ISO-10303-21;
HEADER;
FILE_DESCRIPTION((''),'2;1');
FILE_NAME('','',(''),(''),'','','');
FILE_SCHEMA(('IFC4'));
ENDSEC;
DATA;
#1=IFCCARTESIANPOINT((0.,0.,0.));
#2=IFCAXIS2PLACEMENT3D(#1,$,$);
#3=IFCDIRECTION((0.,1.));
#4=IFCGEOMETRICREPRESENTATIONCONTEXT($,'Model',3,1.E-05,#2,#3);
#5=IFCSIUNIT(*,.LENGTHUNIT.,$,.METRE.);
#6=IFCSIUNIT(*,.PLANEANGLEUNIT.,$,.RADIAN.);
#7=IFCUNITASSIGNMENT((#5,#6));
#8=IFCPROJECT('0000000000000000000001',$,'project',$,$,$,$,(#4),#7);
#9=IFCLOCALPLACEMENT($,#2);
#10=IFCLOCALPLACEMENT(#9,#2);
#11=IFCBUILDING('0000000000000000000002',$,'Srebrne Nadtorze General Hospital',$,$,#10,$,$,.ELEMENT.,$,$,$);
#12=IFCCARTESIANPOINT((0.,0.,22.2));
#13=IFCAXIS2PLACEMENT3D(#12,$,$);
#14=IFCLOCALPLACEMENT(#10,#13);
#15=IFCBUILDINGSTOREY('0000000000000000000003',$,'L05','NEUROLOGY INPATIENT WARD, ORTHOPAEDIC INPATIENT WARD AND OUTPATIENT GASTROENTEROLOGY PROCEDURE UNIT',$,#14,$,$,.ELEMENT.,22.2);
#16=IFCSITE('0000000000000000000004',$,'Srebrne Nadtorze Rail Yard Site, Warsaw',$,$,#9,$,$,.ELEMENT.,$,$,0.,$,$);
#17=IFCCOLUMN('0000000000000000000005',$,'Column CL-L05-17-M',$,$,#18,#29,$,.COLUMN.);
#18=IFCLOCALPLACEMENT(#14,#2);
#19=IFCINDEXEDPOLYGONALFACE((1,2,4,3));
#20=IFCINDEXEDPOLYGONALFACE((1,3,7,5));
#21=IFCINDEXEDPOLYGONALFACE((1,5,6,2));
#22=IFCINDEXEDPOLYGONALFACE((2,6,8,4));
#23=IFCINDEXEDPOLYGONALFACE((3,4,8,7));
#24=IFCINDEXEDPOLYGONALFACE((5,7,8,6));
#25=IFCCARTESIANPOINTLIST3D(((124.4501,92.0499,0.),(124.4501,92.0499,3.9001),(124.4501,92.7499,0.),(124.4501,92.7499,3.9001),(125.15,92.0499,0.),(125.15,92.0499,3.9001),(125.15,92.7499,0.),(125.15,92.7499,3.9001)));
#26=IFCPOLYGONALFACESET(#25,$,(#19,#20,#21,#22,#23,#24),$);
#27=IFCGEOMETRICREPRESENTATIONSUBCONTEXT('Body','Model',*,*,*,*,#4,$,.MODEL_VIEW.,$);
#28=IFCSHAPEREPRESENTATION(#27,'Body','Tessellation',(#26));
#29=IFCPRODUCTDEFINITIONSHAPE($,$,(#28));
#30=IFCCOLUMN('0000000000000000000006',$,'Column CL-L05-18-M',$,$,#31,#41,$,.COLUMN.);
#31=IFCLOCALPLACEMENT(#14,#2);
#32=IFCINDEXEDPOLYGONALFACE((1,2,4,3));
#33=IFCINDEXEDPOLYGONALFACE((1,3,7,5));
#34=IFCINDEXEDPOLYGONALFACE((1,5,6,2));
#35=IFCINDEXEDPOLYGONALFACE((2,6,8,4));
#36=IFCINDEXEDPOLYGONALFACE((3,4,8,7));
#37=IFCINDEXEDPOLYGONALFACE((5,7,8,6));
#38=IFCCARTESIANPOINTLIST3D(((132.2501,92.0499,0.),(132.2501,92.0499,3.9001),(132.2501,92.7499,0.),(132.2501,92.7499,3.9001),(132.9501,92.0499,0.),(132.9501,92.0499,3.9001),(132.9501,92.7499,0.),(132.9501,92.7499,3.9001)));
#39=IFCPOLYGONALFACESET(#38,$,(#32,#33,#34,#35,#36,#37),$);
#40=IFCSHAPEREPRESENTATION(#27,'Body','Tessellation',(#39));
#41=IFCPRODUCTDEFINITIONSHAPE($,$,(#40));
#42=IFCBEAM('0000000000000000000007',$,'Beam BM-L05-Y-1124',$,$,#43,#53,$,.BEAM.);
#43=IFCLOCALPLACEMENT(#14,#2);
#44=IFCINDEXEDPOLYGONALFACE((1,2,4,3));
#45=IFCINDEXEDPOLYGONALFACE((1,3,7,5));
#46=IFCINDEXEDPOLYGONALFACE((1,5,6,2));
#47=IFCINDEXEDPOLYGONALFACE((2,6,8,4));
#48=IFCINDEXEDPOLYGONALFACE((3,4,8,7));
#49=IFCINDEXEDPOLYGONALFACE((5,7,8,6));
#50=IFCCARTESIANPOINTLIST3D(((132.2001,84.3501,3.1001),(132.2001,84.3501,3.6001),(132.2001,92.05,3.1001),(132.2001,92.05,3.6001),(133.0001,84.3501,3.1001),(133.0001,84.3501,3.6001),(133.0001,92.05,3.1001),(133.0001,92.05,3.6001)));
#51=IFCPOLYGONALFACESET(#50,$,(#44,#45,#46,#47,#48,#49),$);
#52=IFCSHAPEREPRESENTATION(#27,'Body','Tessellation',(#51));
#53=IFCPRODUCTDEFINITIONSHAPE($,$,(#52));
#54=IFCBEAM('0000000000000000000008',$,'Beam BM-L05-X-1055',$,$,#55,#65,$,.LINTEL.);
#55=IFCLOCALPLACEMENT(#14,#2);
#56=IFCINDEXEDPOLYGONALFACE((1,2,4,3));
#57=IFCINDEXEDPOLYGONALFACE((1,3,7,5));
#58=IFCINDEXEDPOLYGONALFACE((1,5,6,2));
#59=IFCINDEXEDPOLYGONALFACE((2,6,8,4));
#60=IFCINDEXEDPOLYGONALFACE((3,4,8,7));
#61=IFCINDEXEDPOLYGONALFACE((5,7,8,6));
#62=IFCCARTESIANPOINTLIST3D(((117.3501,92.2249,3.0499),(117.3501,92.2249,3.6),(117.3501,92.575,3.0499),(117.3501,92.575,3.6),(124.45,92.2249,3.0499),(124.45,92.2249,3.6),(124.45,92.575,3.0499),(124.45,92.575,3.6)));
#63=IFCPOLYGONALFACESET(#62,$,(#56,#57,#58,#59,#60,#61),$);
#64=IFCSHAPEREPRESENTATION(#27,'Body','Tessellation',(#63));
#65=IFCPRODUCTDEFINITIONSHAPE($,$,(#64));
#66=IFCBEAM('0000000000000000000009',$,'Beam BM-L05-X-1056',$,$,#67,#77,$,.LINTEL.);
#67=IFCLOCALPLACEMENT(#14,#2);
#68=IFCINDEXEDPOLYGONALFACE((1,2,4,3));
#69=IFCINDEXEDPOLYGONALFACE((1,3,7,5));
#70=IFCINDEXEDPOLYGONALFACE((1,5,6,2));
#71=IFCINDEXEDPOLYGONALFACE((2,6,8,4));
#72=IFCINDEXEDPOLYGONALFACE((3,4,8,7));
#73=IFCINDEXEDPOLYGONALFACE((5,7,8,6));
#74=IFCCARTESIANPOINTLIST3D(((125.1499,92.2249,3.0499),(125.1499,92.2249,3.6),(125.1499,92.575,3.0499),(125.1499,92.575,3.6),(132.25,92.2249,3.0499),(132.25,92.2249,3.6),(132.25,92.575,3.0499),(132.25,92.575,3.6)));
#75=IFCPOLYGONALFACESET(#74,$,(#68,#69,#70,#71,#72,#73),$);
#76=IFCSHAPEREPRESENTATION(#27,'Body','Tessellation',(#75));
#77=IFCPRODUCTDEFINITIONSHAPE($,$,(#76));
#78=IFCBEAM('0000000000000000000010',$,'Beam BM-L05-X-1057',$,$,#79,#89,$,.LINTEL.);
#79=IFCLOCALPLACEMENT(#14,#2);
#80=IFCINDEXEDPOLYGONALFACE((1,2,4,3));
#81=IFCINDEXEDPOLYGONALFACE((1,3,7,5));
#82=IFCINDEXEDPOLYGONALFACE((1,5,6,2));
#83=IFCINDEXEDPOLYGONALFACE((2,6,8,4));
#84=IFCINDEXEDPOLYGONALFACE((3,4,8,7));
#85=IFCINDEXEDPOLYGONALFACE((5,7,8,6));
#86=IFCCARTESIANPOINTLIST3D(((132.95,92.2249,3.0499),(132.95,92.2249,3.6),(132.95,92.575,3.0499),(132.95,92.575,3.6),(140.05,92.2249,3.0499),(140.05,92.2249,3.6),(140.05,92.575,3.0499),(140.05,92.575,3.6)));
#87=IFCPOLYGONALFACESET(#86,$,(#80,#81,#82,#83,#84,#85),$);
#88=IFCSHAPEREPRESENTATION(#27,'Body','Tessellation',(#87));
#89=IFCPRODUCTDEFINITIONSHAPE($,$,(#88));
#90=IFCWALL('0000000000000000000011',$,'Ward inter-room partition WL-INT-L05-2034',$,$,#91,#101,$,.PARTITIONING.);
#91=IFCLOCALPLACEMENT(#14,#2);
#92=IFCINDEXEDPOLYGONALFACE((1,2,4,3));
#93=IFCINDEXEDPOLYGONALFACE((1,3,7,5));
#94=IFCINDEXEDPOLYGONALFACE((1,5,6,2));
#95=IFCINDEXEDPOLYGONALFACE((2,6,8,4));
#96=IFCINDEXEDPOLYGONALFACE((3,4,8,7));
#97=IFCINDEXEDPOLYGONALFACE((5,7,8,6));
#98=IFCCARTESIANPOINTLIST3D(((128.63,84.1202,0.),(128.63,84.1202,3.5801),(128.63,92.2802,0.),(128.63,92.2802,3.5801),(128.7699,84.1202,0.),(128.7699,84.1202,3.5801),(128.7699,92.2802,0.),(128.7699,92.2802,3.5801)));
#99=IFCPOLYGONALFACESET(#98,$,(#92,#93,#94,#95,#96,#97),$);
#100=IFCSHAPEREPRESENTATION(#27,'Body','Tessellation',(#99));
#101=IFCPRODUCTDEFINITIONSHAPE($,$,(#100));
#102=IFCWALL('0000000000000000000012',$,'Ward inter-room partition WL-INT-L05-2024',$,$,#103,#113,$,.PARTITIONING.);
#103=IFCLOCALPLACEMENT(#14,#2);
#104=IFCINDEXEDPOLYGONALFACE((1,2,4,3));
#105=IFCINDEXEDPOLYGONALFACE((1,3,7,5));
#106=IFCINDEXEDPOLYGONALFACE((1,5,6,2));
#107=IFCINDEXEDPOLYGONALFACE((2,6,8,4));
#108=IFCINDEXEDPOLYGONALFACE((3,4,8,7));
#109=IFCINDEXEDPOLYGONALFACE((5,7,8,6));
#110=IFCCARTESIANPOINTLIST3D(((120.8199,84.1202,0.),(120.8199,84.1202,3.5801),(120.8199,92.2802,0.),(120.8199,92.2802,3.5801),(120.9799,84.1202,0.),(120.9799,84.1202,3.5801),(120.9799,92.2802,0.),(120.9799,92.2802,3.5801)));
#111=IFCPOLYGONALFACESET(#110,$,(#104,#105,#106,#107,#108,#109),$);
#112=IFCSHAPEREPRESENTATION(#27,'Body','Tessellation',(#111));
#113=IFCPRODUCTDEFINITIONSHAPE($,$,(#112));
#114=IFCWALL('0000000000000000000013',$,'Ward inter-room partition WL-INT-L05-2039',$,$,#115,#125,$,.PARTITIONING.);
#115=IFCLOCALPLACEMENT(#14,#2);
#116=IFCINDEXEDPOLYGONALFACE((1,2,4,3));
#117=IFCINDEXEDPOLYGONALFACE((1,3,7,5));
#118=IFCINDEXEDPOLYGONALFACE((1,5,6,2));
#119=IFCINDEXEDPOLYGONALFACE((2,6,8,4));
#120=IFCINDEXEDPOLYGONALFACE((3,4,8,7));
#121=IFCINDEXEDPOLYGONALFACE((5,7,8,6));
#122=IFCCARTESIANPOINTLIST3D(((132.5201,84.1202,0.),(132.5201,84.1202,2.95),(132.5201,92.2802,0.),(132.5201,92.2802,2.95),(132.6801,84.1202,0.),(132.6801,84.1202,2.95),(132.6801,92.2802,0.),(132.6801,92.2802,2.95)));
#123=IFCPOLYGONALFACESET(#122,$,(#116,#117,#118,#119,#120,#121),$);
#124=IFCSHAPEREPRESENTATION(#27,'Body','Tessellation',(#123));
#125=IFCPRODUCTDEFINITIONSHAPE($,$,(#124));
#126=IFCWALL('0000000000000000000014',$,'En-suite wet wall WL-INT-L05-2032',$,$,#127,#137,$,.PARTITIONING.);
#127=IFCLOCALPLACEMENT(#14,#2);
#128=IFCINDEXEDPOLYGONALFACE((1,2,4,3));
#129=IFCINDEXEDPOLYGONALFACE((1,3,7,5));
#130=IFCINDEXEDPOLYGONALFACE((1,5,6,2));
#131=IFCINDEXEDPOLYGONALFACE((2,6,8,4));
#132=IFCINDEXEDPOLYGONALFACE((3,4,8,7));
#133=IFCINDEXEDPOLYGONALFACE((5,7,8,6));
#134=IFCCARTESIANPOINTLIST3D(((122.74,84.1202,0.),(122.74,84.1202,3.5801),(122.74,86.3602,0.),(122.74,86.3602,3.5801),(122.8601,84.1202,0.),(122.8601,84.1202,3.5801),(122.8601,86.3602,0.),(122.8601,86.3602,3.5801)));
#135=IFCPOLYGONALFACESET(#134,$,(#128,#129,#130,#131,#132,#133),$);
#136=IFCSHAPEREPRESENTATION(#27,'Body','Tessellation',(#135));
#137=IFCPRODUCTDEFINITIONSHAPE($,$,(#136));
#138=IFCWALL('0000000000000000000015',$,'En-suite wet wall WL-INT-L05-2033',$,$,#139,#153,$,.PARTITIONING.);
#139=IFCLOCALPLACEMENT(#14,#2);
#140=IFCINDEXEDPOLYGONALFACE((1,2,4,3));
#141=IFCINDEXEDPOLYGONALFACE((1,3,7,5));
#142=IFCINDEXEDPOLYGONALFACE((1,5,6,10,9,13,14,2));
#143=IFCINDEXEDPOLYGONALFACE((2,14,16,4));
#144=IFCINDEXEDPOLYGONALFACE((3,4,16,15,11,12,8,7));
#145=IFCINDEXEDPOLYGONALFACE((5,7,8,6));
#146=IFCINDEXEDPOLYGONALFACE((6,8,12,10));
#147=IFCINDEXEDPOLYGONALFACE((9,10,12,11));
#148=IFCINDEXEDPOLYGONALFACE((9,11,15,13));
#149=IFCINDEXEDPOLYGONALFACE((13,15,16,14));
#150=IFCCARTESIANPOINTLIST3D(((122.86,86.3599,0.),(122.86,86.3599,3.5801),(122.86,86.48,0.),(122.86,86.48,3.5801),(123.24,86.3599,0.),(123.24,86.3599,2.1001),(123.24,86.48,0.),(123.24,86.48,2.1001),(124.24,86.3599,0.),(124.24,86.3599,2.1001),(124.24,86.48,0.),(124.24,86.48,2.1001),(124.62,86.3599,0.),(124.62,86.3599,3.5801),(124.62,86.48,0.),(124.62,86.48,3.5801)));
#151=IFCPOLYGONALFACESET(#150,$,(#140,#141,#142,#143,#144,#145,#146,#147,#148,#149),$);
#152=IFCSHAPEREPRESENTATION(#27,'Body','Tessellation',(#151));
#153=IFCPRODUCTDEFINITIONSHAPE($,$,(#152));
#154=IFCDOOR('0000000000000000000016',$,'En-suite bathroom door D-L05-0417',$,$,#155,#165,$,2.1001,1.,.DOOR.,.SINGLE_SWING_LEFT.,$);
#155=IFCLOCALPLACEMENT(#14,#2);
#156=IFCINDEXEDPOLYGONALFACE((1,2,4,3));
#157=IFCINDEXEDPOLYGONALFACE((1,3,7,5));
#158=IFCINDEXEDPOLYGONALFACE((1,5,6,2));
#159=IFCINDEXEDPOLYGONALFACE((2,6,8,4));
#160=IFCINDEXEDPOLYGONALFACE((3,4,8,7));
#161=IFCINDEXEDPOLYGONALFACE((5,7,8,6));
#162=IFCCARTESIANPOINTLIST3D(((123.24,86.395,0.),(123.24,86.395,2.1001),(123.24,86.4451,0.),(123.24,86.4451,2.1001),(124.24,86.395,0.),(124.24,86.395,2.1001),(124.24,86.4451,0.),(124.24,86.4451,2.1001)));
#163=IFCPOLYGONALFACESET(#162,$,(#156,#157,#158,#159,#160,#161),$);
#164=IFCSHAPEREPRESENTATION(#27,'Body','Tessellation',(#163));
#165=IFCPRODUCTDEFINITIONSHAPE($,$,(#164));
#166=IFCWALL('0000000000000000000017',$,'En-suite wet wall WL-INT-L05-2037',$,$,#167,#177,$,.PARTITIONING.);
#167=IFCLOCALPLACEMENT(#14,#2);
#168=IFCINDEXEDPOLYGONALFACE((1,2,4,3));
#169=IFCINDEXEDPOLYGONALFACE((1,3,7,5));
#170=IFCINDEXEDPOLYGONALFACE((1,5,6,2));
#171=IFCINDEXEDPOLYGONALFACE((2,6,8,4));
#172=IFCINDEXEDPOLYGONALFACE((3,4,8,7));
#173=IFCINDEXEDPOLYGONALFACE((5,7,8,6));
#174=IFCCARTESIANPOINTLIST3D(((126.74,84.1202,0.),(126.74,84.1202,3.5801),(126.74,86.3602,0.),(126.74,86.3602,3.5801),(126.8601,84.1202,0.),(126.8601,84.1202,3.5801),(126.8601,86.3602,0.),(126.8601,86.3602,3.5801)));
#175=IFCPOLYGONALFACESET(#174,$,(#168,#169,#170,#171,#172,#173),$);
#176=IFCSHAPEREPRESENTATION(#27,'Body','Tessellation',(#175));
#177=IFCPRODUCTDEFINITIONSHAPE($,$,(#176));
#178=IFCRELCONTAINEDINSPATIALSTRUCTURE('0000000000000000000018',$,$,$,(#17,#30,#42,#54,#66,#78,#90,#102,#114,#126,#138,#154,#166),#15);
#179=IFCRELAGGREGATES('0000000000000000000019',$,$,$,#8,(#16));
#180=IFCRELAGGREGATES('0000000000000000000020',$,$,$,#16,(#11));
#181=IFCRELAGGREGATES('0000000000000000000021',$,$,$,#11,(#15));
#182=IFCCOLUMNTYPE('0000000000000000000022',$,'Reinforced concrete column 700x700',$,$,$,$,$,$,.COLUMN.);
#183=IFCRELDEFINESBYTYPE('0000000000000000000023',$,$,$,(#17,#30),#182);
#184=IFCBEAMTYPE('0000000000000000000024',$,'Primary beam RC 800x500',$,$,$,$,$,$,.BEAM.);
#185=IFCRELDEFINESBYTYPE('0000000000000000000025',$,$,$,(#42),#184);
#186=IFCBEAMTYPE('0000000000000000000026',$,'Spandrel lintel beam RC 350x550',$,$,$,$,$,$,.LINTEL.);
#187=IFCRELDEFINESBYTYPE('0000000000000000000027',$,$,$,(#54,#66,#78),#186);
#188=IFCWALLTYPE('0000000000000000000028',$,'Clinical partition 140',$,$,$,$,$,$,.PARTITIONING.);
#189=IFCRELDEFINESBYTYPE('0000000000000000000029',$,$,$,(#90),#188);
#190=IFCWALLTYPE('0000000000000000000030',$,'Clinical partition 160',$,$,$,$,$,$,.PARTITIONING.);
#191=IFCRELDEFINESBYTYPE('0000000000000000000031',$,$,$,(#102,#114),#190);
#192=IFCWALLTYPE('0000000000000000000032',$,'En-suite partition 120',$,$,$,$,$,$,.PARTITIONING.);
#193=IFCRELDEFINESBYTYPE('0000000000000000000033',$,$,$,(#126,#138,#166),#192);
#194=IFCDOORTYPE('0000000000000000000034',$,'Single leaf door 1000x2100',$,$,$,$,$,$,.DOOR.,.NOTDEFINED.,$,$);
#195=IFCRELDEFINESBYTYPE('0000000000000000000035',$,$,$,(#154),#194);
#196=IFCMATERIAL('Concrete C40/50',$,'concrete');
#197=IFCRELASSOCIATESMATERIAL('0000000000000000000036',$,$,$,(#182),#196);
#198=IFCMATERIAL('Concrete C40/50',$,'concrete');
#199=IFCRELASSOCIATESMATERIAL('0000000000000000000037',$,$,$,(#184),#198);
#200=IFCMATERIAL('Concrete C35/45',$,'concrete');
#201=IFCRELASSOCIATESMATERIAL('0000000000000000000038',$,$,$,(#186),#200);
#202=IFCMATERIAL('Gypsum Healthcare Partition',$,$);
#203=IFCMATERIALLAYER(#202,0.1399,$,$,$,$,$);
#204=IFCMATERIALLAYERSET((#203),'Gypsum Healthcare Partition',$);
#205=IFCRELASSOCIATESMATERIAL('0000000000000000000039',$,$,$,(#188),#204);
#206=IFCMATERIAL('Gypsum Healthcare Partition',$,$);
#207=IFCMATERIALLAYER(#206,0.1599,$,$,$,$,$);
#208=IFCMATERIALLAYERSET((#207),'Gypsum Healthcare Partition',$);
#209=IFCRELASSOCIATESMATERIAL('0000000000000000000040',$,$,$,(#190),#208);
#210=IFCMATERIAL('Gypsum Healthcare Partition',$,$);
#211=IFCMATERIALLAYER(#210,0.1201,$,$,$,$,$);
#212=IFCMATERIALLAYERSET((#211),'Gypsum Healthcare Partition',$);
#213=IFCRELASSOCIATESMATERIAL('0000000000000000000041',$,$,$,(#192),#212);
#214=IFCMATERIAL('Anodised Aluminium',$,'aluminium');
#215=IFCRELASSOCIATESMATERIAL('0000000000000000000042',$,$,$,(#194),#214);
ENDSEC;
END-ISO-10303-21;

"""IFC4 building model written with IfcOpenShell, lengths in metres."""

from ifc_helpers import new_model, si_unit, direction, frame, frame_2d, origin, origin_2d, place, context, subcontext, project, spatial, rectangle, extrude, material, layer, layer_set, material_profile, profile_set, type_object, element, fill, save


model = new_model("IFC4")

# Units and contexts
model_context = context("Model", 3, precision=1e-05, world=origin(), true_north=direction((0.0, 1.0)))
body_context = subcontext(model_context, "Body", "Model", "MODEL_VIEW")
ifc_project = project(units=[si_unit("LENGTHUNIT", "METRE"), si_unit("PLANEANGLEUNIT", "RADIAN")], contexts=[model_context])

# Site, building, storey
site_placement = place(None, origin())
site = spatial("IfcSite", under=ifc_project, at=site_placement, Name="Srebrne Nadtorze Rail Yard Site, Warsaw", CompositionType="ELEMENT", RefElevation=0.0)
building_placement = place(site_placement, origin())
building = spatial("IfcBuilding", under=site, at=building_placement, Name="Srebrne Nadtorze General Hospital", CompositionType="ELEMENT")
storey_placement = place(building_placement, frame((0.0, 0.0, 22.2)))
storey = spatial("IfcBuildingStorey", under=building, at=storey_placement, Name="L05", Description="NEUROLOGY INPATIENT WARD, ORTHOPAEDIC INPATIENT WARD AND OUTPATIENT GASTROENTEROLOGY PROCEDURE UNIT", CompositionType="ELEMENT", Elevation=22.2)

# Columns
ifc_material_1 = material(Name="Concrete C40/50", Category="concrete")
ifc_material_profile_1 = material_profile(ifc_material_1, rectangle(XDim=0.7, YDim=0.7, at=origin_2d()), Name="RC-COL-700x700")
ifc_profile_set_1 = profile_set([ifc_material_profile_1], Name="Concrete C40/50")
column_type = type_object("IfcColumnType", Name="Reinforced concrete column 700x700", PredefinedType="COLUMN", material=ifc_profile_set_1)
for number, where, z_axis, x_axis, name in (
    (1, (124.8, 92.3999, 0.0), (0.0, 0.0, 1.0), (1.0, 0.0, 0.0), "Column CL-L05-17-M"),
    (2, (132.6001, 92.3999, 0.0), (0.0, 0.0, 1.0), (1.0, 0.0, 0.0), "Column CL-L05-18-M"),
):
    element("IfcColumn", number, at=place(storey_placement, frame(where, z_axis=z_axis, x_axis=x_axis)), inside=storey, type_object=column_type, Name=name, PredefinedType="COLUMN", context=body_context, shape_type="SweptSolid", body=[
        extrude(rectangle(XDim=0.7, YDim=0.7, at=origin_2d()), origin(), (0.0, 0.0, 1.0), 3.9001),
    ])

# Beams
ifc_material_2 = material(Name="Concrete C40/50", Category="concrete")
ifc_material_profile_2 = material_profile(ifc_material_2, rectangle(XDim=0.8, YDim=0.5, at=origin_2d()), Name="RC-BM-800x500")
ifc_profile_set_2 = profile_set([ifc_material_profile_2], Name="Concrete C40/50")
beam_type_1 = type_object("IfcBeamType", Name="Primary beam RC 800x500", PredefinedType="BEAM", material=ifc_profile_set_2)
beam_1_placement = place(storey_placement, frame((132.6001, 84.3501, 3.3501), z_axis=(0.0, 1.0, 0.0), x_axis=(-1.0, 0.0, 0.0)))
element("IfcBeam", 3, at=beam_1_placement, inside=storey, type_object=beam_type_1, Name="Beam BM-L05-Y-1124", PredefinedType="BEAM", context=body_context, shape_type="SweptSolid", body=[
    extrude(rectangle(XDim=0.8, YDim=0.5, at=origin_2d()), origin(), (0.0, 0.0, 1.0), 7.7),
])
ifc_material_3 = material(Name="Concrete C35/45", Category="concrete")
ifc_material_profile_3 = material_profile(ifc_material_3, rectangle(XDim=0.3501, YDim=0.55, at=origin_2d()), Name="RC-BM-350x550")
ifc_profile_set_3 = profile_set([ifc_material_profile_3], Name="Concrete C35/45")
beam_type_2 = type_object("IfcBeamType", Name="Spandrel lintel beam RC 350x550", PredefinedType="LINTEL", material=ifc_profile_set_3)
beam_2_placement = place(storey_placement, frame((117.3501, 92.3999, 3.325), z_axis=(1.0, 0.0, 0.0), x_axis=(0.0, 1.0, 0.0)))
element("IfcBeam", 4, at=beam_2_placement, inside=storey, type_object=beam_type_2, Name="Beam BM-L05-X-1055", PredefinedType="LINTEL", context=body_context, shape_type="SweptSolid", body=[
    extrude(rectangle(XDim=0.3501, YDim=0.55, at=origin_2d()), origin(), (0.0, 0.0, 1.0), 7.0999),
])
for number, where, z_axis, x_axis, name in (
    (5, (125.1499, 92.3999, 3.325), (1.0, 0.0, 0.0), (0.0, 1.0, 0.0), "Beam BM-L05-X-1056"),
    (6, (132.95, 92.3999, 3.325), (1.0, 0.0, 0.0), (0.0, 1.0, 0.0), "Beam BM-L05-X-1057"),
):
    element("IfcBeam", number, at=place(storey_placement, frame(where, z_axis=z_axis, x_axis=x_axis)), inside=storey, type_object=beam_type_2, Name=name, PredefinedType="LINTEL", context=body_context, shape_type="SweptSolid", body=[
        extrude(rectangle(XDim=0.3501, YDim=0.55, at=origin_2d()), origin(), (0.0, 0.0, 1.0), 7.1001),
    ])

# Walls
ifc_material_4 = material(Name="Gypsum Healthcare Partition")
ifc_layer_1 = layer(ifc_material_4, 0.1399)
ifc_layer_set_1 = layer_set([ifc_layer_1], Name="Gypsum Healthcare Partition")
wall_type_1 = type_object("IfcWallType", Name="Clinical partition 140", PredefinedType="PARTITIONING", material=ifc_layer_set_1)
wall_1_placement = place(storey_placement, frame((128.7, 84.1201, 0.0), z_axis=(0.0, 0.0, 1.0), x_axis=(0.0, 1.0, 0.0)))
element("IfcWall", 7, at=wall_1_placement, inside=storey, type_object=wall_type_1, Name="Ward inter-room partition WL-INT-L05-2034", PredefinedType="PARTITIONING", context=body_context, shape_type="SweptSolid", body=[
    extrude(rectangle(XDim=8.1599, YDim=0.1399, at=frame_2d((4.0801, 0.0))), origin(), (0.0, 0.0, 1.0), 3.5801),
])
ifc_material_5 = material(Name="Gypsum Healthcare Partition")
ifc_layer_2 = layer(ifc_material_5, 0.1599)
ifc_layer_set_2 = layer_set([ifc_layer_2], Name="Gypsum Healthcare Partition")
wall_type_2 = type_object("IfcWallType", Name="Clinical partition 160", PredefinedType="PARTITIONING", material=ifc_layer_set_2)
wall_2_placement = place(storey_placement, frame((120.8999, 84.1201, 0.0), z_axis=(0.0, 0.0, 1.0), x_axis=(0.0, 1.0, 0.0)))
element("IfcWall", 8, at=wall_2_placement, inside=storey, type_object=wall_type_2, Name="Ward inter-room partition WL-INT-L05-2024", PredefinedType="PARTITIONING", context=body_context, shape_type="SweptSolid", body=[
    extrude(rectangle(XDim=8.1599, YDim=0.1599, at=frame_2d((4.0801, 0.0))), origin(), (0.0, 0.0, 1.0), 3.5801),
])
wall_3_placement = place(storey_placement, frame((132.6001, 84.1201, 0.0), z_axis=(0.0, 0.0, 1.0), x_axis=(0.0, 1.0, 0.0)))
element("IfcWall", 9, at=wall_3_placement, inside=storey, type_object=wall_type_2, Name="Ward inter-room partition WL-INT-L05-2039", PredefinedType="PARTITIONING", context=body_context, shape_type="SweptSolid", body=[
    extrude(rectangle(XDim=8.1599, YDim=0.1599, at=frame_2d((4.0801, 0.0))), origin(), (0.0, 0.0, 1.0), 2.95),
])
ifc_material_6 = material(Name="Gypsum Healthcare Partition")
ifc_layer_3 = layer(ifc_material_6, 0.1201)
ifc_layer_set_3 = layer_set([ifc_layer_3], Name="Gypsum Healthcare Partition")
wall_type_3 = type_object("IfcWallType", Name="En-suite partition 120", PredefinedType="PARTITIONING", material=ifc_layer_set_3)
wall_4_placement = place(storey_placement, frame((122.8, 84.1201, 0.0), z_axis=(0.0, 0.0, 1.0), x_axis=(0.0, 1.0, 0.0)))
element("IfcWall", 10, at=wall_4_placement, inside=storey, type_object=wall_type_3, Name="En-suite wet wall WL-INT-L05-2032", PredefinedType="PARTITIONING", context=body_context, shape_type="SweptSolid", body=[
    extrude(rectangle(XDim=2.24, YDim=0.1201, at=frame_2d((1.1201, 0.0))), origin(), (0.0, 0.0, 1.0), 3.5801),
])

# Wall, opening, door
wall_5_placement = place(storey_placement, frame((122.8601, 86.4199, 0.0), z_axis=(0.0, 0.0, 1.0), x_axis=(1.0, 0.0, 0.0)))
wall_5 = element("IfcWall", 11, at=wall_5_placement, inside=storey, type_object=wall_type_3, Name="En-suite wet wall WL-INT-L05-2033", PredefinedType="PARTITIONING", context=body_context, shape_type="SweptSolid", body=[
    extrude(rectangle(XDim=1.76, YDim=0.1201, at=frame_2d((0.8799, 0.0))), origin(), (0.0, 0.0, 1.0), 3.5801),
])
opening_1_placement = place(wall_5_placement, frame((0.3799, 0.0, 0.0)))
opening_1 = element("IfcOpeningElement", 12, at=opening_1_placement, cuts=wall_5, PredefinedType="OPENING", context=body_context, shape_type="SweptSolid", body=[
    extrude(rectangle(XDim=1.0, YDim=2.1001, at=frame_2d((0.5, 1.05))), frame((0.0, 0.072, 0.0), z_axis=(0.0, -1.0, 0.0), x_axis=(1.0, 0.0, 0.0)), (0.0, 0.0, 1.0), 0.144),
])
ifc_material_7 = material(Name="Anodised Aluminium", Category="aluminium")
door_type_1 = type_object("IfcDoorType", Name="Single leaf door 1000x2100", OperationType="NOTDEFINED", PredefinedType="DOOR", material=ifc_material_7)
door_1_placement = place(opening_1_placement, frame((1.0, 0.0, 0.0), z_axis=(0.0, 0.0, 1.0), x_axis=(-1.0, 0.0, 0.0)))
door_1 = element("IfcDoor", 13, at=door_1_placement, inside=storey, type_object=door_type_1, Name="En-suite bathroom door D-L05-0417", OperationType="SINGLE_SWING_LEFT", OverallHeight=2.1001, OverallWidth=1.0, PredefinedType="DOOR", context=body_context, shape_type="SweptSolid", body=[
    extrude(rectangle(XDim=1.0, YDim=2.1001, at=frame_2d((0.5, 1.05))), frame((0.0, 0.0249, 0.0), z_axis=(0.0, -1.0, 0.0), x_axis=(1.0, 0.0, 0.0)), (0.0, 0.0, 1.0), 0.05),
])
fill(opening_1, door_1)

# Wall
wall_6_placement = place(storey_placement, frame((126.8, 84.1201, 0.0), z_axis=(0.0, 0.0, 1.0), x_axis=(0.0, 1.0, 0.0)))
element("IfcWall", 14, at=wall_6_placement, inside=storey, type_object=wall_type_3, Name="En-suite wet wall WL-INT-L05-2037", PredefinedType="PARTITIONING", context=body_context, shape_type="SweptSolid", body=[
    extrude(rectangle(XDim=2.24, YDim=0.1201, at=frame_2d((1.1201, 0.0))), origin(), (0.0, 0.0, 1.0), 3.5801),
])

save(model, "model.ifc")
